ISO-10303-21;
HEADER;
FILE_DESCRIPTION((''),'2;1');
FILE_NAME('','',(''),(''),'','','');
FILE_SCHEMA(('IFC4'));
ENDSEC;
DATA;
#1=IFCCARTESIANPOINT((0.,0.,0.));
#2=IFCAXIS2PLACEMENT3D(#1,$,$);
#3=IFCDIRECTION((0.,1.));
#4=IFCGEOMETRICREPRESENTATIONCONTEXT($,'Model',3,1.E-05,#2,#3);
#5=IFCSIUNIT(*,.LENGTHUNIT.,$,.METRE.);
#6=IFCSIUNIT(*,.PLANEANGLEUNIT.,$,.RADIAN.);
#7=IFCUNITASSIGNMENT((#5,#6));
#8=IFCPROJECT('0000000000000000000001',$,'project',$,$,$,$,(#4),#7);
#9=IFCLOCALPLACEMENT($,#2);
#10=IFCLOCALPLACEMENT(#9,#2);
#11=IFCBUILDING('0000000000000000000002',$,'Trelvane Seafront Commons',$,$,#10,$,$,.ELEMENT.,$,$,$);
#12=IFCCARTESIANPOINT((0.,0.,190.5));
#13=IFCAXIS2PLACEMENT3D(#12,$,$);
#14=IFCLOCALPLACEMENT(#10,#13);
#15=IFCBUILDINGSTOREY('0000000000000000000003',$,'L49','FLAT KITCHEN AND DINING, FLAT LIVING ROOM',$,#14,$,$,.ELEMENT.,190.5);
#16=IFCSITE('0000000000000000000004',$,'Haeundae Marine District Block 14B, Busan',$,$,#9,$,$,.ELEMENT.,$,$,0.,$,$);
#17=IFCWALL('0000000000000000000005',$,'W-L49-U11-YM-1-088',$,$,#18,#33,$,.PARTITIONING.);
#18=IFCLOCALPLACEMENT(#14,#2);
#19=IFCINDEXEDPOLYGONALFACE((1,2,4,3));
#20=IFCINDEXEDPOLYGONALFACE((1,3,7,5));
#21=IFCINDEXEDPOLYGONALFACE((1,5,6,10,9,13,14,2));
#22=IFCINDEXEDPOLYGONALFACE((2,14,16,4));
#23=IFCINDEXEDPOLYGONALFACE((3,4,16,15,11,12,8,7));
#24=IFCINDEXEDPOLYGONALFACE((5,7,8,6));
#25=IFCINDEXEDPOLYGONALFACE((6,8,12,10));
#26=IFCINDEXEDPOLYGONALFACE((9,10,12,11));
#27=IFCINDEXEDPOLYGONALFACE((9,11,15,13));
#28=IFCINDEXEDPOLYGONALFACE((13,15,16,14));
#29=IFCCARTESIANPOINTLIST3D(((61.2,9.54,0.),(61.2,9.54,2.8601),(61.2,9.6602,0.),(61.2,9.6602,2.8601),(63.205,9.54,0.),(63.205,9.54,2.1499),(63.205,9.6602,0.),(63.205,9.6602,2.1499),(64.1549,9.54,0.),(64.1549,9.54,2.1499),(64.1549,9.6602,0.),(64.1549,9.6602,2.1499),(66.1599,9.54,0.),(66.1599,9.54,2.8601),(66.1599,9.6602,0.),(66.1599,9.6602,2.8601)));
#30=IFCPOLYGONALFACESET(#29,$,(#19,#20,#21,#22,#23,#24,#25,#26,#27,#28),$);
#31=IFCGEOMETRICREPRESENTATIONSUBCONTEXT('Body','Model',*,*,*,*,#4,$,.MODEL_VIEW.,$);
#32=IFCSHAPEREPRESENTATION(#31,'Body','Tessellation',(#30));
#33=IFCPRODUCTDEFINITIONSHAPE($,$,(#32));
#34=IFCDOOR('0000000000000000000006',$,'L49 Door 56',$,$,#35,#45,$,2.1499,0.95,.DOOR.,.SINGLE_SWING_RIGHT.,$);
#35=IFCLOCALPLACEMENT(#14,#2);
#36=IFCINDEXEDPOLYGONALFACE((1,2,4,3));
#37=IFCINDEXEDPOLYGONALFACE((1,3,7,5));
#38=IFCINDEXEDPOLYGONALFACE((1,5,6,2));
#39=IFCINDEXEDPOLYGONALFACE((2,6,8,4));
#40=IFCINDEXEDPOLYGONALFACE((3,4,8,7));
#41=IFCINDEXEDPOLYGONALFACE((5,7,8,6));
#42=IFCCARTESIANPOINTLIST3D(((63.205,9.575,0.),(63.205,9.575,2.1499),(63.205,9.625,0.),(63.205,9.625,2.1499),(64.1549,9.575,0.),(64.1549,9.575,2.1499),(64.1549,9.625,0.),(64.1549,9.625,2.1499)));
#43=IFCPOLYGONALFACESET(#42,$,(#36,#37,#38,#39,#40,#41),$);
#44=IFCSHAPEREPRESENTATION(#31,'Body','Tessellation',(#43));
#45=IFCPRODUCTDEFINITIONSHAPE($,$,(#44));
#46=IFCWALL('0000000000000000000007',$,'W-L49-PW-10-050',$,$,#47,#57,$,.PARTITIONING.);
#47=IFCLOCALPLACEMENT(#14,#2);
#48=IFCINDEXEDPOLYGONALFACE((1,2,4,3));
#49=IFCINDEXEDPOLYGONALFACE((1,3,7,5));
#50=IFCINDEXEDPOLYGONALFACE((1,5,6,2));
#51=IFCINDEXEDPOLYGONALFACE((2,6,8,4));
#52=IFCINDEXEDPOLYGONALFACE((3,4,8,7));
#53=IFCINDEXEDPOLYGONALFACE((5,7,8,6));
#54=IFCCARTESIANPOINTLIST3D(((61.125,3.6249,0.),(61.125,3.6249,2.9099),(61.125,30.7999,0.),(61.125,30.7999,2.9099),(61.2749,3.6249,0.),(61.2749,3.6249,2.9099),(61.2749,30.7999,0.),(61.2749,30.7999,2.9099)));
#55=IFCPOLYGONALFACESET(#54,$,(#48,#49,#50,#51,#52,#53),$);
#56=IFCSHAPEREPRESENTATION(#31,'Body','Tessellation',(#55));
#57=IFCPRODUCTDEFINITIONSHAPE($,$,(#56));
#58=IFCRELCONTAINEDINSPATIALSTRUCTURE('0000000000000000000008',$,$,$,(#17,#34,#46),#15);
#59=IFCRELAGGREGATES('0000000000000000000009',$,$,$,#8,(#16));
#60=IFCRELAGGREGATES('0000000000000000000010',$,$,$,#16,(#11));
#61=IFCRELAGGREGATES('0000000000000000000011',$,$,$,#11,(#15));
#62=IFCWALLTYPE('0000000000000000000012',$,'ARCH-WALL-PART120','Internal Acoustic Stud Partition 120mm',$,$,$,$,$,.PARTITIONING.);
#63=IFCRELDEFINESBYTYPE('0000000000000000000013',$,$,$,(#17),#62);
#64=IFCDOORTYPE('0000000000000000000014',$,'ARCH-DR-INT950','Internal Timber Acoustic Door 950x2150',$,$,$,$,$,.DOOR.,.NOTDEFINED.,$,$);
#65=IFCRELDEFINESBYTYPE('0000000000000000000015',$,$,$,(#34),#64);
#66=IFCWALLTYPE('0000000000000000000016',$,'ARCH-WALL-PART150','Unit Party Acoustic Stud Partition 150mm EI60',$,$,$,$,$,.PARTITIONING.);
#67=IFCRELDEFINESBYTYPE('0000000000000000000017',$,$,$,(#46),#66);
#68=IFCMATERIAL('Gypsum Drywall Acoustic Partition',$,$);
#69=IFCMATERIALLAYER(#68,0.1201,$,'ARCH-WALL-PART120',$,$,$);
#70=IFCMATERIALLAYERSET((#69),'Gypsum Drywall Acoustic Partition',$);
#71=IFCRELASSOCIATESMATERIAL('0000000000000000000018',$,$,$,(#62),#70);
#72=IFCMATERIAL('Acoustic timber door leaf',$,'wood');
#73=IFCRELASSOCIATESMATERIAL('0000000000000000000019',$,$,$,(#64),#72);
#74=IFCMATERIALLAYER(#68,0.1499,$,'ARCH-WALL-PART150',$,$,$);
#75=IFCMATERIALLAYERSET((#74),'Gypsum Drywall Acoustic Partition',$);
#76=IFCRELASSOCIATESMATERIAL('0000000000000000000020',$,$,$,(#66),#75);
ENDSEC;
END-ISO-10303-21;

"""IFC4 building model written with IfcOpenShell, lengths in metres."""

from ifc_helpers import new_model, si_unit, direction, frame, frame_2d, origin, place, context, subcontext, project, spatial, rectangle, extrude, source, transform, mapped, material, layer, layer_set, type_object, element, fill, save


model = new_model("IFC4")

# Units and contexts
model_context = context("Model", 3, precision=1e-05, world=origin(), true_north=direction((0.0, 1.0)))
body_context = subcontext(model_context, "Body", "Model", "MODEL_VIEW")
ifc_project = project(units=[si_unit("LENGTHUNIT", "METRE"), si_unit("PLANEANGLEUNIT", "RADIAN")], contexts=[model_context])

# Site, building, storey
site_placement = place(None, origin())
site = spatial("IfcSite", under=ifc_project, at=site_placement, Name="Haeundae Marine District Block 14B, Busan", CompositionType="ELEMENT", RefElevation=0.0)
building_placement = place(site_placement, origin())
building = spatial("IfcBuilding", under=site, at=building_placement, Name="Trelvane Seafront Commons", CompositionType="ELEMENT")
storey_placement = place(building_placement, frame((0.0, 0.0, 190.5)))
storey = spatial("IfcBuildingStorey", under=building, at=storey_placement, Name="L49", Description="FLAT KITCHEN AND DINING, FLAT LIVING ROOM", CompositionType="ELEMENT", Elevation=190.5)

# Wall, opening, door
ifc_material_1 = material(Name="Gypsum Drywall Acoustic Partition")
ifc_layer_1 = layer(ifc_material_1, 0.1201, Name="ARCH-WALL-PART120")
ifc_layer_set_1 = layer_set([ifc_layer_1], Name="Gypsum Drywall Acoustic Partition")
wall_type_1 = type_object("IfcWallType", Name="ARCH-WALL-PART120", Description="Internal Acoustic Stud Partition 120mm", PredefinedType="PARTITIONING", material=ifc_layer_set_1)
wall_1_placement = place(storey_placement, frame((61.2, 9.6001, 0.0), z_axis=(0.0, 0.0, 1.0), x_axis=(1.0, 0.0, 0.0)))
wall_1 = element("IfcWall", 1, at=wall_1_placement, inside=storey, type_object=wall_type_1, Name="W-L49-U11-YM-1-088", PredefinedType="PARTITIONING", context=body_context, shape_type="SweptSolid", body=[
    extrude(rectangle(XDim=4.96, YDim=0.1201, at=frame_2d((2.48, 0.0))), origin(), (0.0, 0.0, 1.0), 2.8601),
])
opening_1_placement = place(wall_1_placement, frame((2.0049, 0.0, 0.0)))
opening_1 = element("IfcOpeningElement", 2, at=opening_1_placement, cuts=wall_1, PredefinedType="OPENING", context=body_context, shape_type="SweptSolid", body=[
    extrude(rectangle(XDim=0.95, YDim=2.1499, at=frame_2d((0.4751, 1.075))), frame((0.0, 0.0701, 0.0), z_axis=(0.0, -1.0, 0.0), x_axis=(1.0, 0.0, 0.0)), (0.0, 0.0, 1.0), 0.1401),
])
ifc_material_2 = material(Name="Acoustic timber door leaf", Category="wood")
door_type_1 = type_object("IfcDoorType", Name="ARCH-DR-INT950", Description="Internal Timber Acoustic Door 950x2150", OperationType="NOTDEFINED", PredefinedType="DOOR", material=ifc_material_2)
shared_shape_1 = source(origin(), body_context, "Body", "SweptSolid", [
    extrude(rectangle(XDim=0.95, YDim=2.1499, at=frame_2d((0.4751, 1.075))), frame((0.0, 0.0249, 0.0), z_axis=(0.0, -1.0, 0.0), x_axis=(1.0, 0.0, 0.0)), (0.0, 0.0, 1.0), 0.05),
])
door_1_placement = place(opening_1_placement, origin())
door_1 = element("IfcDoor", 3, at=door_1_placement, inside=storey, type_object=door_type_1, Name="L49 Door 56", OperationType="SINGLE_SWING_RIGHT", OverallHeight=2.1499, OverallWidth=0.95, PredefinedType="DOOR", context=body_context, shape_type="MappedRepresentation", body=[
    mapped(shared_shape_1, transform((0.0, 0.0, 0.0), x_axis=(1.0, 0.0, 0.0), y_axis=(0.0, 1.0, 0.0), z_axis=(0.0, 0.0, 1.0), scale=1.0)),
])
fill(opening_1, door_1)

# Wall
ifc_layer_2 = layer(ifc_material_1, 0.1499, Name="ARCH-WALL-PART150")
ifc_layer_set_2 = layer_set([ifc_layer_2], Name="Gypsum Drywall Acoustic Partition")
wall_type_2 = type_object("IfcWallType", Name="ARCH-WALL-PART150", Description="Unit Party Acoustic Stud Partition 150mm EI60", PredefinedType="PARTITIONING", material=ifc_layer_set_2)
wall_2_placement = place(storey_placement, frame((61.2, 3.625, 0.0), z_axis=(0.0, 0.0, 1.0), x_axis=(0.0, 1.0, 0.0)))
element("IfcWall", 4, at=wall_2_placement, inside=storey, type_object=wall_type_2, Name="W-L49-PW-10-050", PredefinedType="PARTITIONING", context=body_context, shape_type="SweptSolid", body=[
    extrude(rectangle(XDim=27.175, YDim=0.1499, at=frame_2d((13.5874, 0.0))), origin(), (0.0, 0.0, 1.0), 2.9099),
])

save(model, "model.ifc")
